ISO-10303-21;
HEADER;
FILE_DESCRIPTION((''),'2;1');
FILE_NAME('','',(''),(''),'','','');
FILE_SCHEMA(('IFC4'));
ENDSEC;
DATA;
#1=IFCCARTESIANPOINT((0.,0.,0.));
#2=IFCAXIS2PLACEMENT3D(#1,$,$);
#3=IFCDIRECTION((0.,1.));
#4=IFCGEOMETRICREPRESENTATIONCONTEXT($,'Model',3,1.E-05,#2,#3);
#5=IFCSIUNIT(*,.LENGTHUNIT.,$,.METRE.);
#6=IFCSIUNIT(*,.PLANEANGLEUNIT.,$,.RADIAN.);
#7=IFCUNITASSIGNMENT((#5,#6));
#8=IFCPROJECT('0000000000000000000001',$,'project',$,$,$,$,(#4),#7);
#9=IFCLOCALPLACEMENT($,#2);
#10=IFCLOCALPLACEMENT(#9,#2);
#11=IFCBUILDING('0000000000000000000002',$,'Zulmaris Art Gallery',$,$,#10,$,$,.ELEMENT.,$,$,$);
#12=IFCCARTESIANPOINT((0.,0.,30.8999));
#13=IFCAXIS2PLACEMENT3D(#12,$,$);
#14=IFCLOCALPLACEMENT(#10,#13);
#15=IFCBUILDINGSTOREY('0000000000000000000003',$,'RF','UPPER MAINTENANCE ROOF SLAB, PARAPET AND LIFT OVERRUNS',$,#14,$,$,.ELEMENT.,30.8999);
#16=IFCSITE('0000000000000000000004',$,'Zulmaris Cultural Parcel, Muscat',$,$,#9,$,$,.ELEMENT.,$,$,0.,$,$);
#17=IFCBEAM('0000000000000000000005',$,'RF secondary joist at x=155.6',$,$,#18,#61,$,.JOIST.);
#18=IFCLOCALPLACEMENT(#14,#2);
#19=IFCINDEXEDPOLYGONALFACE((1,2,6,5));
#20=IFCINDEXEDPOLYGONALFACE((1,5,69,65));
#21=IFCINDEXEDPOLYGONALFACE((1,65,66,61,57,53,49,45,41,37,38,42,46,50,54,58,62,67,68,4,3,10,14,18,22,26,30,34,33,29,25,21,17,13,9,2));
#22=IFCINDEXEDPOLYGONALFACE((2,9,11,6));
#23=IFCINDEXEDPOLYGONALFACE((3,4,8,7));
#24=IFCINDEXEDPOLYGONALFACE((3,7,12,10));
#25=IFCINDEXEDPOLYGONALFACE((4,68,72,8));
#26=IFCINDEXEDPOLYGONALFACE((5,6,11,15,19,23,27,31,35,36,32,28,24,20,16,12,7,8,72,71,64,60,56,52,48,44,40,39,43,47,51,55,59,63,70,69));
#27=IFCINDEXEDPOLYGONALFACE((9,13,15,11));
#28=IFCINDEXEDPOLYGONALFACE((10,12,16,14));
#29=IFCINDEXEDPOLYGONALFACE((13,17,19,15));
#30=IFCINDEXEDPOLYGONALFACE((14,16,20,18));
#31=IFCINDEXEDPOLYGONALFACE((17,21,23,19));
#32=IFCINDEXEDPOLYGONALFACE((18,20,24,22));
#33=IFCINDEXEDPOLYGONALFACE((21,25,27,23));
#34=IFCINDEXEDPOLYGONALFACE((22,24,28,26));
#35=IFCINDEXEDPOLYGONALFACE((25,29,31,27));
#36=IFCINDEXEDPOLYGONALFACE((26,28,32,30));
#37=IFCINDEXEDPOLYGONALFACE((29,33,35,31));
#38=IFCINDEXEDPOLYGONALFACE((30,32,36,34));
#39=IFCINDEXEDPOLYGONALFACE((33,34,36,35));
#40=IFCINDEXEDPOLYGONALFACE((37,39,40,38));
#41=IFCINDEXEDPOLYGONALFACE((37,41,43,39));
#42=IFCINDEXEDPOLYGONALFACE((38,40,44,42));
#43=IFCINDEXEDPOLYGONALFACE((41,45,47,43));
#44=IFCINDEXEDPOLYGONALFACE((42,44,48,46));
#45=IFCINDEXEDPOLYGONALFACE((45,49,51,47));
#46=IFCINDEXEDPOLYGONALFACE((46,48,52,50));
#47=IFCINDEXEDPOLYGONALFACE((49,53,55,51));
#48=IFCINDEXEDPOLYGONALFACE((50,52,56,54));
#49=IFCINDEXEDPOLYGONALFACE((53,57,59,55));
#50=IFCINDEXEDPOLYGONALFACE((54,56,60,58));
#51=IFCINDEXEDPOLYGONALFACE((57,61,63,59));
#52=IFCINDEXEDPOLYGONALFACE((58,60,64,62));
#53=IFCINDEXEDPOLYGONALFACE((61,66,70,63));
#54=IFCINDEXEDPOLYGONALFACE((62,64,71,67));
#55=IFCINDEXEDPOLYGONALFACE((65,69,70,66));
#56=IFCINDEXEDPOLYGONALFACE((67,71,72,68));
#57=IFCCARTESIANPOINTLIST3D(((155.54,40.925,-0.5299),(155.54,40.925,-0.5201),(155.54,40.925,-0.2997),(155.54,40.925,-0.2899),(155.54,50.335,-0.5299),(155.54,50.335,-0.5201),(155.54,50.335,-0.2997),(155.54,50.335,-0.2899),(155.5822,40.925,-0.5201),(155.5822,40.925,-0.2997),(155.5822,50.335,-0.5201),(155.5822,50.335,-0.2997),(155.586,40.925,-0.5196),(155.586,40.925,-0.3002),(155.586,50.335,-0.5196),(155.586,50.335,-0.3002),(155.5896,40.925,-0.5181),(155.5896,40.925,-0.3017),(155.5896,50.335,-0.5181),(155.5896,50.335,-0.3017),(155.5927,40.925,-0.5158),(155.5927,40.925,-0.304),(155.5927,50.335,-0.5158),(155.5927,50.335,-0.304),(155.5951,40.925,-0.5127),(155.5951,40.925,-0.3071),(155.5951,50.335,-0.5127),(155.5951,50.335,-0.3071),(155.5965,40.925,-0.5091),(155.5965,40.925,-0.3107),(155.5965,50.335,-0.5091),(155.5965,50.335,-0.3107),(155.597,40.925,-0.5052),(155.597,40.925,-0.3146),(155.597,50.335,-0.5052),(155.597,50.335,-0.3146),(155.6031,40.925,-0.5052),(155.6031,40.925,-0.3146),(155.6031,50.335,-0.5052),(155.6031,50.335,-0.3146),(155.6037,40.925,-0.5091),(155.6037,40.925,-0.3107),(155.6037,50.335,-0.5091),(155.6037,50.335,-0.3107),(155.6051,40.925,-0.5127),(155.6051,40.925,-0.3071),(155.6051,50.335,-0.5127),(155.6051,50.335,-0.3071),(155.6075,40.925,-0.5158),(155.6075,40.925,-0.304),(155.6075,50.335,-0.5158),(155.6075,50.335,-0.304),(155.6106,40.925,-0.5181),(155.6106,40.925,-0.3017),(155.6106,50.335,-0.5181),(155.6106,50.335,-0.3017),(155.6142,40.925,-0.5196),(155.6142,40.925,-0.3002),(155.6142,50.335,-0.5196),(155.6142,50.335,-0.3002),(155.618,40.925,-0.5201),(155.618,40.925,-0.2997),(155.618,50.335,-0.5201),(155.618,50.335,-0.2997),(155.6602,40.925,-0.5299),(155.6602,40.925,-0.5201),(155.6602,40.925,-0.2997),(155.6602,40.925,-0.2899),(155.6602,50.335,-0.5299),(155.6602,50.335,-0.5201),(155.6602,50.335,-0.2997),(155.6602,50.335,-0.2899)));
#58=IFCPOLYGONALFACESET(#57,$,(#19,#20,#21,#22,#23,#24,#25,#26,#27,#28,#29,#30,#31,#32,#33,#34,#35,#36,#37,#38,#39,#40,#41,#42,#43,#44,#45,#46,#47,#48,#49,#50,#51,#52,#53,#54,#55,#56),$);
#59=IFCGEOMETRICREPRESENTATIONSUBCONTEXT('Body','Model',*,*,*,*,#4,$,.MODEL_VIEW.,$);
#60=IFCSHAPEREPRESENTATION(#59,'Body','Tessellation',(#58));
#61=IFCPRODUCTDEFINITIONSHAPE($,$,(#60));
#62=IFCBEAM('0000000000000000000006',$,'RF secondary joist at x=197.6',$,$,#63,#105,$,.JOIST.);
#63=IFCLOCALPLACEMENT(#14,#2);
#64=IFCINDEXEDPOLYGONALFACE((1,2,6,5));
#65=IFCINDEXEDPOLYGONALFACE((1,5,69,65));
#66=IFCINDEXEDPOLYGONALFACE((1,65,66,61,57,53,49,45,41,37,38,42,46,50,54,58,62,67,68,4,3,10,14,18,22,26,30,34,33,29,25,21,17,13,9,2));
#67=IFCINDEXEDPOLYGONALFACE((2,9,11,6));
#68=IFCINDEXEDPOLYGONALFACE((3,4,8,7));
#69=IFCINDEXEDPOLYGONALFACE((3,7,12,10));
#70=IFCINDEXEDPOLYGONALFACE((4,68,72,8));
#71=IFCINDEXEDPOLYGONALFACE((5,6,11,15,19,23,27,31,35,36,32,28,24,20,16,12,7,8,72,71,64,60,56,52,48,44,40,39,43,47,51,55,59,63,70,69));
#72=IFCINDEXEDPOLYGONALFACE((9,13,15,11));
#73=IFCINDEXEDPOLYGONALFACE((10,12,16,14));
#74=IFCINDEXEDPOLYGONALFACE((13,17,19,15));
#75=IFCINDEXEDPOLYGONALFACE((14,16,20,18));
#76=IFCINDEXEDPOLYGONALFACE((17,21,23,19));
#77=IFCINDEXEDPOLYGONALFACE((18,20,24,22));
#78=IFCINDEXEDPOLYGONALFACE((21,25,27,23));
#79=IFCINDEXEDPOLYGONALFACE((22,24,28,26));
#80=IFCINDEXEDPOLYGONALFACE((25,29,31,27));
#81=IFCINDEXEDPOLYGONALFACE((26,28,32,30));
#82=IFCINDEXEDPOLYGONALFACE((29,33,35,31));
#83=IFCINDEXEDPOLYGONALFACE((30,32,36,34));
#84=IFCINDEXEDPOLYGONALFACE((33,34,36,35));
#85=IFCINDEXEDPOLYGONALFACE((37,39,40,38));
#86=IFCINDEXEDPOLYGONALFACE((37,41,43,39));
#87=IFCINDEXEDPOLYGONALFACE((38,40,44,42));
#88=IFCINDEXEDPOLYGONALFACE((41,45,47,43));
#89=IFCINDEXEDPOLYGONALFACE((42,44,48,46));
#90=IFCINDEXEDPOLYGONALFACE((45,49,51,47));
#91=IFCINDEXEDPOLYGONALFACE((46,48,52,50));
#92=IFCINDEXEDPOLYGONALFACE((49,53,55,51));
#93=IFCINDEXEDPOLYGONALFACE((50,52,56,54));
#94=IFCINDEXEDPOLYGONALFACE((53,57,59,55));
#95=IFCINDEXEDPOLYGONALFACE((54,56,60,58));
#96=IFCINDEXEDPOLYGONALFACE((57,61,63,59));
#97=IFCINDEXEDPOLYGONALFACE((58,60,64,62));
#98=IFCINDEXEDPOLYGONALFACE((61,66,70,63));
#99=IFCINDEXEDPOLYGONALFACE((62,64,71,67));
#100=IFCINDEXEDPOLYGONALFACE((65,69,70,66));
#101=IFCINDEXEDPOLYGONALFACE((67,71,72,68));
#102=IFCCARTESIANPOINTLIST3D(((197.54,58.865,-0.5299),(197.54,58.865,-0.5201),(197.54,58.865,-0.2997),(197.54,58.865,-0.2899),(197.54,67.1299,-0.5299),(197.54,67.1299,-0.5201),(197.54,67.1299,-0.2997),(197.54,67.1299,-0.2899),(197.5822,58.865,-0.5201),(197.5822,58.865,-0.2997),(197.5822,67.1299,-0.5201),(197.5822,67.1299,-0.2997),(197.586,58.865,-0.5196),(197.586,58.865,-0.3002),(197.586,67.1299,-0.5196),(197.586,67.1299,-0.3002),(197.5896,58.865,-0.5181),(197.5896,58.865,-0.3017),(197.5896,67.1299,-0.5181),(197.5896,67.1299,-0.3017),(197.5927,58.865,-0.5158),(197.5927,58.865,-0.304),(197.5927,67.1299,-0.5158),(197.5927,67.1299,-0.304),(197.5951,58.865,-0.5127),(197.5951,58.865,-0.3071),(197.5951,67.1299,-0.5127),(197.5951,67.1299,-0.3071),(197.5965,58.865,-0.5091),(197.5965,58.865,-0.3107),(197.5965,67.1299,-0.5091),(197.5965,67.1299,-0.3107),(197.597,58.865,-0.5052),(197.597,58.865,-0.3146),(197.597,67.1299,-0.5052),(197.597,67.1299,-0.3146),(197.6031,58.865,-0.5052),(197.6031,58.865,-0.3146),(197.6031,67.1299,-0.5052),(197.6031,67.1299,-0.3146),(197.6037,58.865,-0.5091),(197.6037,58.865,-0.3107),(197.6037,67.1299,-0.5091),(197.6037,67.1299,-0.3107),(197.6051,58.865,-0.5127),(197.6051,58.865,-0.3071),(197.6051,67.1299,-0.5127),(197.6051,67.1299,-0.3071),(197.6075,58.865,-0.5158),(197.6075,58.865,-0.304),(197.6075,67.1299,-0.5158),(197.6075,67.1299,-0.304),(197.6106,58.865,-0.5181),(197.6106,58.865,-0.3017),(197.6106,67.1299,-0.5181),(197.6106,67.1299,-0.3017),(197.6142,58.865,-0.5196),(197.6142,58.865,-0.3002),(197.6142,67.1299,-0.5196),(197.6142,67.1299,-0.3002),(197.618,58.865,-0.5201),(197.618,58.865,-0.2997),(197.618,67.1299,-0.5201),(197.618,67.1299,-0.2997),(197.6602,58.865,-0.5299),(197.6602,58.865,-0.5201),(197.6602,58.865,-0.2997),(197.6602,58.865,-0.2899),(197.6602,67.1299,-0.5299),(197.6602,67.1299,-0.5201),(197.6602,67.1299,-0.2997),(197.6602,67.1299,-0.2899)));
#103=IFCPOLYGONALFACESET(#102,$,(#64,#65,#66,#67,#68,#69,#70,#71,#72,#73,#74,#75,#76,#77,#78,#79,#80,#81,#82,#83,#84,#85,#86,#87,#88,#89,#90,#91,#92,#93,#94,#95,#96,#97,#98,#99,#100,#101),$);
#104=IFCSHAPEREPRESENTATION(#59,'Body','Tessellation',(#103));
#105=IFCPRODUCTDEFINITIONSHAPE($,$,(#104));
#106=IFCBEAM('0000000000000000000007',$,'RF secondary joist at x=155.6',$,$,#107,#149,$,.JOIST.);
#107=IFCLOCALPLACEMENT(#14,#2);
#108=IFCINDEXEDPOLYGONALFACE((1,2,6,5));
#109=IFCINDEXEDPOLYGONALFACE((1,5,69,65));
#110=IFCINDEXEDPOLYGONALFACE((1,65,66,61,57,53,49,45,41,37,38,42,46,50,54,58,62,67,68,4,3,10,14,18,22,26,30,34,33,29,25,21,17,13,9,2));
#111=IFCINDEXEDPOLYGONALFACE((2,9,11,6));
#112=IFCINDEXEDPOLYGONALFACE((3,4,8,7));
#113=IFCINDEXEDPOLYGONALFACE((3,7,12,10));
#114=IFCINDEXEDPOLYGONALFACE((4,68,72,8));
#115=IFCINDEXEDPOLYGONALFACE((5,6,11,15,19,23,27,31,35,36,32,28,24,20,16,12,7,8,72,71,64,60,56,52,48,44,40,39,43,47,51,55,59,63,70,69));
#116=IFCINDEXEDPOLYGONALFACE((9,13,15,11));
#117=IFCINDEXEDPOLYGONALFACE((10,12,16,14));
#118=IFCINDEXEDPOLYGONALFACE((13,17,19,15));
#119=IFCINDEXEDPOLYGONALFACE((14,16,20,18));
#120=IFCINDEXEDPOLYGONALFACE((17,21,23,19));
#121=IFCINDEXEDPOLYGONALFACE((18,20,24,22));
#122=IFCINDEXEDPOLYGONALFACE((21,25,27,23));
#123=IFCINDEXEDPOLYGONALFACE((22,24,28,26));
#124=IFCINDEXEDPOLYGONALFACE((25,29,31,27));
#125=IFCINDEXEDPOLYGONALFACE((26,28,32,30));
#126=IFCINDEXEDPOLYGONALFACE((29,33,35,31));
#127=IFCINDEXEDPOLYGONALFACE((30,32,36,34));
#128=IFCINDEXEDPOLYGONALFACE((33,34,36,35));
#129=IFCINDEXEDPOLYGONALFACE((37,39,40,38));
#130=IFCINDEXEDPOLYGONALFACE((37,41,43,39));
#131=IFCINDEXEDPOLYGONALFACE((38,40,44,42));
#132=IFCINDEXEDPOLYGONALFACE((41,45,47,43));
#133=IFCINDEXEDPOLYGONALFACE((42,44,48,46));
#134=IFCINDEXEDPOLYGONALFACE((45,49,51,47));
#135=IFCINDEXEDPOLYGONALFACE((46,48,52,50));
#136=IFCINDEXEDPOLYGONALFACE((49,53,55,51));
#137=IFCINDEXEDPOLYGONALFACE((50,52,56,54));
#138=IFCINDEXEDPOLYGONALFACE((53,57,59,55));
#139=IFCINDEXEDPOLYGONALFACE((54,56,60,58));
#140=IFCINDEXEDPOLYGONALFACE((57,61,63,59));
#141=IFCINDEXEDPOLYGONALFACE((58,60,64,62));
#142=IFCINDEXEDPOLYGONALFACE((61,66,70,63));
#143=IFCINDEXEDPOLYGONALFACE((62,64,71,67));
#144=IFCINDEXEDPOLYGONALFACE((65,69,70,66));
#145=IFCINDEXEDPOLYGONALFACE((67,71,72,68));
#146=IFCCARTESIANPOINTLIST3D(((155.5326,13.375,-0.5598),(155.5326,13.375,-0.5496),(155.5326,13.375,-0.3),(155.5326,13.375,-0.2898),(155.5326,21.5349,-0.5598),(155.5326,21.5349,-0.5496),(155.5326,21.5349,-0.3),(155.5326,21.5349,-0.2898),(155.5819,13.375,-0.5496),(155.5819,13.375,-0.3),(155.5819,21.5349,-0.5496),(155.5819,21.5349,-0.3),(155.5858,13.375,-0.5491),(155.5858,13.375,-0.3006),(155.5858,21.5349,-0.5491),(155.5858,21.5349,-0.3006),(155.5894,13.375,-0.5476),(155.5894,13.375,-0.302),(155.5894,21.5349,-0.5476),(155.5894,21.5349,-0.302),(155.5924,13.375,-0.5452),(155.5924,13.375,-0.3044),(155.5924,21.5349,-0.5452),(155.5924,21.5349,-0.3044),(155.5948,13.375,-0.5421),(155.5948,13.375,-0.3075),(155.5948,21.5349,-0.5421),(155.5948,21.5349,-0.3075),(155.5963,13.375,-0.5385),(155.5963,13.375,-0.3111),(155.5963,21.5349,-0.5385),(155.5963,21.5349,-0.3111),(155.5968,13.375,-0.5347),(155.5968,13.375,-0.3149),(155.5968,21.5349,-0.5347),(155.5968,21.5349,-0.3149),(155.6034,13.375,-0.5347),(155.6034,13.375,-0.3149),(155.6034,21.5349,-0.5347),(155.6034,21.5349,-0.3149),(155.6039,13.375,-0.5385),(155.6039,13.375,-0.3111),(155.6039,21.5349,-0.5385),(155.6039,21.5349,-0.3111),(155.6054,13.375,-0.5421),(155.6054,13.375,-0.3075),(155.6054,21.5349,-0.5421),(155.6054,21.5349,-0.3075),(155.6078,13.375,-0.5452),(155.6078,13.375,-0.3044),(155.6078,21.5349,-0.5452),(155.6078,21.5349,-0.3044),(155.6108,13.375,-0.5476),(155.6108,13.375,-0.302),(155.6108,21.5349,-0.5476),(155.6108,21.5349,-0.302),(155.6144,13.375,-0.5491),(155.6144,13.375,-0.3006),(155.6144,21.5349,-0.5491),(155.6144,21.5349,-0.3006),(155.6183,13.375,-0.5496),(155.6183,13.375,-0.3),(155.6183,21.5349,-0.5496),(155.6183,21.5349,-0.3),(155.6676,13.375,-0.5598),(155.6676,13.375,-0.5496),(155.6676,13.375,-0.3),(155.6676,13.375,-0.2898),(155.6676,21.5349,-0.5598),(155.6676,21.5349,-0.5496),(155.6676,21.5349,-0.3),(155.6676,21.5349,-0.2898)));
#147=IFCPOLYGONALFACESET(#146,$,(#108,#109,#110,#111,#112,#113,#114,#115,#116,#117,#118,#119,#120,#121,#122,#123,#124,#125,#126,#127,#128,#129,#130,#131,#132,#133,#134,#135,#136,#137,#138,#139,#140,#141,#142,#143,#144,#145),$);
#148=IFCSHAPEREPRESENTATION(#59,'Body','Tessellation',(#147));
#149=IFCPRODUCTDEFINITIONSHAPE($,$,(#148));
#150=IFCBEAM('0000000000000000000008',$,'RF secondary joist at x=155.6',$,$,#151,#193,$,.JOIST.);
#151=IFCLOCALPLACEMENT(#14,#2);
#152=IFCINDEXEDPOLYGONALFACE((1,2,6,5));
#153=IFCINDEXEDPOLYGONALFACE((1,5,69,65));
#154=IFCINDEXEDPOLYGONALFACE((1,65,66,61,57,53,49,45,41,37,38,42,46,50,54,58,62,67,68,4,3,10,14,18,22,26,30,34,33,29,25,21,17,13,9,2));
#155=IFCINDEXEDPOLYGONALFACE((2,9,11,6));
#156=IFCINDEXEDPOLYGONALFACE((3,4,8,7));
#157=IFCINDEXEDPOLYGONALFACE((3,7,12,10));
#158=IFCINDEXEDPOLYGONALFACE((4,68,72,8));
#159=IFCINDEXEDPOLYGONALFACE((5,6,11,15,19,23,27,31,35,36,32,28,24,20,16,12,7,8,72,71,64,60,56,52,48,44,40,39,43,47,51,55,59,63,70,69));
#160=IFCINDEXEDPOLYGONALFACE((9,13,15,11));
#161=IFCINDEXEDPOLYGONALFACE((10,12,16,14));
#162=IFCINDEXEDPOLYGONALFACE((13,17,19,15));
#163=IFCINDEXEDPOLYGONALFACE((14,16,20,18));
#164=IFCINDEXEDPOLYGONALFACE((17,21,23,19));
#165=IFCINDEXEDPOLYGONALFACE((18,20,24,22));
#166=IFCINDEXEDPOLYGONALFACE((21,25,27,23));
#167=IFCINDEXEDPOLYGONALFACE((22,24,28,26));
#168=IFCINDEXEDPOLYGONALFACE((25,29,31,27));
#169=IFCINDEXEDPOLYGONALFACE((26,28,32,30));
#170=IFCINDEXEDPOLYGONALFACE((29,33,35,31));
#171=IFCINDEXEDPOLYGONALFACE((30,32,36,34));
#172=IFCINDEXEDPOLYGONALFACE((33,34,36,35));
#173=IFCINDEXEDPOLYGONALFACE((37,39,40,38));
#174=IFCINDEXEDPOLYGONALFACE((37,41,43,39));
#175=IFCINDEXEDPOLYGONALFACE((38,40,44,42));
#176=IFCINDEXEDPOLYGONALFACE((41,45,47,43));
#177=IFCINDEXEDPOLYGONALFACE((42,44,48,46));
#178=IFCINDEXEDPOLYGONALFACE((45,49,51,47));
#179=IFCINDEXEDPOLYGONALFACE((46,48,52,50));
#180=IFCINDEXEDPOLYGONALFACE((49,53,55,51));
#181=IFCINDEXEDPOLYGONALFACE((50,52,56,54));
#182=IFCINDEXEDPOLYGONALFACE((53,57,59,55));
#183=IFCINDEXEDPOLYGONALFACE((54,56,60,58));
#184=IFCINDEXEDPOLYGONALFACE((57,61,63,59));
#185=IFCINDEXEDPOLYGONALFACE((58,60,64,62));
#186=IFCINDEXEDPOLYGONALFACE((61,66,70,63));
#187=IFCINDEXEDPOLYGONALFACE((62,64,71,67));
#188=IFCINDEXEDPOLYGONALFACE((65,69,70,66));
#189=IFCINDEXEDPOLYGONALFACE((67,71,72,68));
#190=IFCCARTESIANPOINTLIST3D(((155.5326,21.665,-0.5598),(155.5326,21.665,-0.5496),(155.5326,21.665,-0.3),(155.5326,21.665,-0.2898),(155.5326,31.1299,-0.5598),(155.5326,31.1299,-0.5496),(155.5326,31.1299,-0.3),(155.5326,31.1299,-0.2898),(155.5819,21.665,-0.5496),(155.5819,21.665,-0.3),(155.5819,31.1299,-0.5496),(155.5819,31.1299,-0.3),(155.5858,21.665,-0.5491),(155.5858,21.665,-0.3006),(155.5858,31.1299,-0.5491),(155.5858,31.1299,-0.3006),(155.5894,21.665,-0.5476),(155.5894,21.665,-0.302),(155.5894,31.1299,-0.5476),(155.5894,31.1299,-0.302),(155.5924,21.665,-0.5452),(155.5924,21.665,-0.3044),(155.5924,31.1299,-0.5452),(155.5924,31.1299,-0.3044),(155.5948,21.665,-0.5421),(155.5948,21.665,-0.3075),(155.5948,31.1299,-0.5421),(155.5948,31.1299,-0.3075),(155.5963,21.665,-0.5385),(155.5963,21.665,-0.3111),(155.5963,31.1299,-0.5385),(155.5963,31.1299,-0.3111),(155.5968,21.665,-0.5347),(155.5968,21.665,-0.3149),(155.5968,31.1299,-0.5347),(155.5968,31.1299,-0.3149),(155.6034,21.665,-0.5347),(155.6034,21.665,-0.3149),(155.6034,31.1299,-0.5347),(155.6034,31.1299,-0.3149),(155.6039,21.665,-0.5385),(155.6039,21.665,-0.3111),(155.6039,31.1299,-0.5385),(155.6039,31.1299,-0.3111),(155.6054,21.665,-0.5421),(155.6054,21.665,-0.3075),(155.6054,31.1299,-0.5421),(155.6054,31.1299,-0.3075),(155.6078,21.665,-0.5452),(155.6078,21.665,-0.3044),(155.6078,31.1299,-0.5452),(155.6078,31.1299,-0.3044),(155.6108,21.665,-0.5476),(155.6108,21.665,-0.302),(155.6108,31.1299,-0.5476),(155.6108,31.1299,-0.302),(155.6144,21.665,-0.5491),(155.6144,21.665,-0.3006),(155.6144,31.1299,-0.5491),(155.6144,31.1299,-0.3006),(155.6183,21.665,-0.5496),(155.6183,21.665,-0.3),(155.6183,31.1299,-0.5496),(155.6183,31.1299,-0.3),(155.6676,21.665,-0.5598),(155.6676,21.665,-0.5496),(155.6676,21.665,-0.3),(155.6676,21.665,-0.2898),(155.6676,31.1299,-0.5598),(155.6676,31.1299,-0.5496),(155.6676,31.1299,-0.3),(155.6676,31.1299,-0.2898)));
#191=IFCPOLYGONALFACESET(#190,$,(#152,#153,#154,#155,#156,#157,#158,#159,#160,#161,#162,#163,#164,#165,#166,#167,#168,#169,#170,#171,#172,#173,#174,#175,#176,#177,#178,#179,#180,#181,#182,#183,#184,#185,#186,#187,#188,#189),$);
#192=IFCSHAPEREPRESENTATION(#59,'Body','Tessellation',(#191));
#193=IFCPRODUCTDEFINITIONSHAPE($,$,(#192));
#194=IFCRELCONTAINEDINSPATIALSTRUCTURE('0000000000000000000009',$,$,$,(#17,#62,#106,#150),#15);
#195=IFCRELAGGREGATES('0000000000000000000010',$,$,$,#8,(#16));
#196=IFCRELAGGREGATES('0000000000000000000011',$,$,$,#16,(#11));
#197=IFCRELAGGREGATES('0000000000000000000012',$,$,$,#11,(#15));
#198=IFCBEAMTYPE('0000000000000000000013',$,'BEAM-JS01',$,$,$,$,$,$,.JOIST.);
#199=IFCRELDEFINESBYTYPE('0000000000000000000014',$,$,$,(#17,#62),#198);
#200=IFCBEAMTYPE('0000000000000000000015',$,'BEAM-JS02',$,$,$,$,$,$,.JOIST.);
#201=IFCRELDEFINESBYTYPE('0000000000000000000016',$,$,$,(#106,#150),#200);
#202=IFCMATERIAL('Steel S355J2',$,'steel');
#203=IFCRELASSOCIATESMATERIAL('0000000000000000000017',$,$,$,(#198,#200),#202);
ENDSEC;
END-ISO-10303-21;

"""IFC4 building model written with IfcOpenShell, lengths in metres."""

from ifc_helpers import new_model, si_unit, direction, frame, origin, origin_2d, place, context, subcontext, project, spatial, i_section, extrude, material, material_profile, profile_set, type_object, element, save


model = new_model("IFC4")

# Units and contexts
model_context = context("Model", 3, precision=1e-05, world=origin(), true_north=direction((0.0, 1.0)))
body_context = subcontext(model_context, "Body", "Model", "MODEL_VIEW")
ifc_project = project(units=[si_unit("LENGTHUNIT", "METRE"), si_unit("PLANEANGLEUNIT", "RADIAN")], contexts=[model_context])

# Site, building, storey
site_placement = place(None, origin())
site = spatial("IfcSite", under=ifc_project, at=site_placement, Name="Zulmaris Cultural Parcel, Muscat", CompositionType="ELEMENT", RefElevation=0.0)
building_placement = place(site_placement, origin())
building = spatial("IfcBuilding", under=site, at=building_placement, Name="Zulmaris Art Gallery", CompositionType="ELEMENT")
storey_placement = place(building_placement, frame((0.0, 0.0, 30.8999)))
storey = spatial("IfcBuildingStorey", under=building, at=storey_placement, Name="RF", Description="UPPER MAINTENANCE ROOF SLAB, PARAPET AND LIFT OVERRUNS", CompositionType="ELEMENT", Elevation=30.8999)

# Beams
ifc_material_1 = material(Name="Steel S355J2", Category="steel")
ifc_material_profile_1 = material_profile(ifc_material_1, i_section(OverallWidth=0.1201, OverallDepth=0.24, WebThickness=0.0061, FlangeThickness=0.0098, FilletRadius=0.0149, at=origin_2d()), Name="IPE 240")
ifc_profile_set_1 = profile_set([ifc_material_profile_1], Name="Steel S355J2")
beam_type_1 = type_object("IfcBeamType", Name="BEAM-JS01", PredefinedType="JOIST", material=ifc_profile_set_1)
beam_1_placement = place(storey_placement, frame((155.6001, 40.925, -0.4099), z_axis=(0.0, 1.0, 0.0), x_axis=(-1.0, 0.0, 0.0)))
element("IfcBeam", 1, at=beam_1_placement, inside=storey, type_object=beam_type_1, Name="RF secondary joist at x=155.6", PredefinedType="JOIST", context=body_context, shape_type="SweptSolid", body=[
    extrude(i_section(OverallWidth=0.1201, OverallDepth=0.24, WebThickness=0.0061, FlangeThickness=0.0098, FilletRadius=0.0149, at=origin_2d()), origin(), (0.0, 0.0, 1.0), 9.4099),
])
beam_2_placement = place(storey_placement, frame((197.6001, 58.865, -0.4099), z_axis=(0.0, 1.0, 0.0), x_axis=(-1.0, 0.0, 0.0)))
element("IfcBeam", 2, at=beam_2_placement, inside=storey, type_object=beam_type_1, Name="RF secondary joist at x=197.6", PredefinedType="JOIST", context=body_context, shape_type="SweptSolid", body=[
    extrude(i_section(OverallWidth=0.1201, OverallDepth=0.24, WebThickness=0.0061, FlangeThickness=0.0098, FilletRadius=0.0149, at=origin_2d()), origin(), (0.0, 0.0, 1.0), 8.2649),
])
ifc_material_profile_2 = material_profile(ifc_material_1, i_section(OverallWidth=0.135, OverallDepth=0.27, WebThickness=0.0066, FlangeThickness=0.0103, FilletRadius=0.0149, at=origin_2d()), Name="IPE 270")
ifc_profile_set_2 = profile_set([ifc_material_profile_2], Name="Steel S355J2")
beam_type_2 = type_object("IfcBeamType", Name="BEAM-JS02", PredefinedType="JOIST", material=ifc_profile_set_2)
beam_3_placement = place(storey_placement, frame((155.6001, 13.375, -0.4248), z_axis=(0.0, 1.0, 0.0), x_axis=(-1.0, 0.0, 0.0)))
element("IfcBeam", 3, at=beam_3_placement, inside=storey, type_object=beam_type_2, Name="RF secondary joist at x=155.6", PredefinedType="JOIST", context=body_context, shape_type="SweptSolid", body=[
    extrude(i_section(OverallWidth=0.135, OverallDepth=0.27, WebThickness=0.0066, FlangeThickness=0.0103, FilletRadius=0.0149, at=origin_2d()), origin(), (0.0, 0.0, 1.0), 8.1599),
])
beam_4_placement = place(storey_placement, frame((155.6001, 21.665, -0.4248), z_axis=(0.0, 1.0, 0.0), x_axis=(-1.0, 0.0, 0.0)))
element("IfcBeam", 4, at=beam_4_placement, inside=storey, type_object=beam_type_2, Name="RF secondary joist at x=155.6", PredefinedType="JOIST", context=body_context, shape_type="SweptSolid", body=[
    extrude(i_section(OverallWidth=0.135, OverallDepth=0.27, WebThickness=0.0066, FlangeThickness=0.0103, FilletRadius=0.0149, at=origin_2d()), origin(), (0.0, 0.0, 1.0), 9.4648),
])

save(model, "model.ifc")
